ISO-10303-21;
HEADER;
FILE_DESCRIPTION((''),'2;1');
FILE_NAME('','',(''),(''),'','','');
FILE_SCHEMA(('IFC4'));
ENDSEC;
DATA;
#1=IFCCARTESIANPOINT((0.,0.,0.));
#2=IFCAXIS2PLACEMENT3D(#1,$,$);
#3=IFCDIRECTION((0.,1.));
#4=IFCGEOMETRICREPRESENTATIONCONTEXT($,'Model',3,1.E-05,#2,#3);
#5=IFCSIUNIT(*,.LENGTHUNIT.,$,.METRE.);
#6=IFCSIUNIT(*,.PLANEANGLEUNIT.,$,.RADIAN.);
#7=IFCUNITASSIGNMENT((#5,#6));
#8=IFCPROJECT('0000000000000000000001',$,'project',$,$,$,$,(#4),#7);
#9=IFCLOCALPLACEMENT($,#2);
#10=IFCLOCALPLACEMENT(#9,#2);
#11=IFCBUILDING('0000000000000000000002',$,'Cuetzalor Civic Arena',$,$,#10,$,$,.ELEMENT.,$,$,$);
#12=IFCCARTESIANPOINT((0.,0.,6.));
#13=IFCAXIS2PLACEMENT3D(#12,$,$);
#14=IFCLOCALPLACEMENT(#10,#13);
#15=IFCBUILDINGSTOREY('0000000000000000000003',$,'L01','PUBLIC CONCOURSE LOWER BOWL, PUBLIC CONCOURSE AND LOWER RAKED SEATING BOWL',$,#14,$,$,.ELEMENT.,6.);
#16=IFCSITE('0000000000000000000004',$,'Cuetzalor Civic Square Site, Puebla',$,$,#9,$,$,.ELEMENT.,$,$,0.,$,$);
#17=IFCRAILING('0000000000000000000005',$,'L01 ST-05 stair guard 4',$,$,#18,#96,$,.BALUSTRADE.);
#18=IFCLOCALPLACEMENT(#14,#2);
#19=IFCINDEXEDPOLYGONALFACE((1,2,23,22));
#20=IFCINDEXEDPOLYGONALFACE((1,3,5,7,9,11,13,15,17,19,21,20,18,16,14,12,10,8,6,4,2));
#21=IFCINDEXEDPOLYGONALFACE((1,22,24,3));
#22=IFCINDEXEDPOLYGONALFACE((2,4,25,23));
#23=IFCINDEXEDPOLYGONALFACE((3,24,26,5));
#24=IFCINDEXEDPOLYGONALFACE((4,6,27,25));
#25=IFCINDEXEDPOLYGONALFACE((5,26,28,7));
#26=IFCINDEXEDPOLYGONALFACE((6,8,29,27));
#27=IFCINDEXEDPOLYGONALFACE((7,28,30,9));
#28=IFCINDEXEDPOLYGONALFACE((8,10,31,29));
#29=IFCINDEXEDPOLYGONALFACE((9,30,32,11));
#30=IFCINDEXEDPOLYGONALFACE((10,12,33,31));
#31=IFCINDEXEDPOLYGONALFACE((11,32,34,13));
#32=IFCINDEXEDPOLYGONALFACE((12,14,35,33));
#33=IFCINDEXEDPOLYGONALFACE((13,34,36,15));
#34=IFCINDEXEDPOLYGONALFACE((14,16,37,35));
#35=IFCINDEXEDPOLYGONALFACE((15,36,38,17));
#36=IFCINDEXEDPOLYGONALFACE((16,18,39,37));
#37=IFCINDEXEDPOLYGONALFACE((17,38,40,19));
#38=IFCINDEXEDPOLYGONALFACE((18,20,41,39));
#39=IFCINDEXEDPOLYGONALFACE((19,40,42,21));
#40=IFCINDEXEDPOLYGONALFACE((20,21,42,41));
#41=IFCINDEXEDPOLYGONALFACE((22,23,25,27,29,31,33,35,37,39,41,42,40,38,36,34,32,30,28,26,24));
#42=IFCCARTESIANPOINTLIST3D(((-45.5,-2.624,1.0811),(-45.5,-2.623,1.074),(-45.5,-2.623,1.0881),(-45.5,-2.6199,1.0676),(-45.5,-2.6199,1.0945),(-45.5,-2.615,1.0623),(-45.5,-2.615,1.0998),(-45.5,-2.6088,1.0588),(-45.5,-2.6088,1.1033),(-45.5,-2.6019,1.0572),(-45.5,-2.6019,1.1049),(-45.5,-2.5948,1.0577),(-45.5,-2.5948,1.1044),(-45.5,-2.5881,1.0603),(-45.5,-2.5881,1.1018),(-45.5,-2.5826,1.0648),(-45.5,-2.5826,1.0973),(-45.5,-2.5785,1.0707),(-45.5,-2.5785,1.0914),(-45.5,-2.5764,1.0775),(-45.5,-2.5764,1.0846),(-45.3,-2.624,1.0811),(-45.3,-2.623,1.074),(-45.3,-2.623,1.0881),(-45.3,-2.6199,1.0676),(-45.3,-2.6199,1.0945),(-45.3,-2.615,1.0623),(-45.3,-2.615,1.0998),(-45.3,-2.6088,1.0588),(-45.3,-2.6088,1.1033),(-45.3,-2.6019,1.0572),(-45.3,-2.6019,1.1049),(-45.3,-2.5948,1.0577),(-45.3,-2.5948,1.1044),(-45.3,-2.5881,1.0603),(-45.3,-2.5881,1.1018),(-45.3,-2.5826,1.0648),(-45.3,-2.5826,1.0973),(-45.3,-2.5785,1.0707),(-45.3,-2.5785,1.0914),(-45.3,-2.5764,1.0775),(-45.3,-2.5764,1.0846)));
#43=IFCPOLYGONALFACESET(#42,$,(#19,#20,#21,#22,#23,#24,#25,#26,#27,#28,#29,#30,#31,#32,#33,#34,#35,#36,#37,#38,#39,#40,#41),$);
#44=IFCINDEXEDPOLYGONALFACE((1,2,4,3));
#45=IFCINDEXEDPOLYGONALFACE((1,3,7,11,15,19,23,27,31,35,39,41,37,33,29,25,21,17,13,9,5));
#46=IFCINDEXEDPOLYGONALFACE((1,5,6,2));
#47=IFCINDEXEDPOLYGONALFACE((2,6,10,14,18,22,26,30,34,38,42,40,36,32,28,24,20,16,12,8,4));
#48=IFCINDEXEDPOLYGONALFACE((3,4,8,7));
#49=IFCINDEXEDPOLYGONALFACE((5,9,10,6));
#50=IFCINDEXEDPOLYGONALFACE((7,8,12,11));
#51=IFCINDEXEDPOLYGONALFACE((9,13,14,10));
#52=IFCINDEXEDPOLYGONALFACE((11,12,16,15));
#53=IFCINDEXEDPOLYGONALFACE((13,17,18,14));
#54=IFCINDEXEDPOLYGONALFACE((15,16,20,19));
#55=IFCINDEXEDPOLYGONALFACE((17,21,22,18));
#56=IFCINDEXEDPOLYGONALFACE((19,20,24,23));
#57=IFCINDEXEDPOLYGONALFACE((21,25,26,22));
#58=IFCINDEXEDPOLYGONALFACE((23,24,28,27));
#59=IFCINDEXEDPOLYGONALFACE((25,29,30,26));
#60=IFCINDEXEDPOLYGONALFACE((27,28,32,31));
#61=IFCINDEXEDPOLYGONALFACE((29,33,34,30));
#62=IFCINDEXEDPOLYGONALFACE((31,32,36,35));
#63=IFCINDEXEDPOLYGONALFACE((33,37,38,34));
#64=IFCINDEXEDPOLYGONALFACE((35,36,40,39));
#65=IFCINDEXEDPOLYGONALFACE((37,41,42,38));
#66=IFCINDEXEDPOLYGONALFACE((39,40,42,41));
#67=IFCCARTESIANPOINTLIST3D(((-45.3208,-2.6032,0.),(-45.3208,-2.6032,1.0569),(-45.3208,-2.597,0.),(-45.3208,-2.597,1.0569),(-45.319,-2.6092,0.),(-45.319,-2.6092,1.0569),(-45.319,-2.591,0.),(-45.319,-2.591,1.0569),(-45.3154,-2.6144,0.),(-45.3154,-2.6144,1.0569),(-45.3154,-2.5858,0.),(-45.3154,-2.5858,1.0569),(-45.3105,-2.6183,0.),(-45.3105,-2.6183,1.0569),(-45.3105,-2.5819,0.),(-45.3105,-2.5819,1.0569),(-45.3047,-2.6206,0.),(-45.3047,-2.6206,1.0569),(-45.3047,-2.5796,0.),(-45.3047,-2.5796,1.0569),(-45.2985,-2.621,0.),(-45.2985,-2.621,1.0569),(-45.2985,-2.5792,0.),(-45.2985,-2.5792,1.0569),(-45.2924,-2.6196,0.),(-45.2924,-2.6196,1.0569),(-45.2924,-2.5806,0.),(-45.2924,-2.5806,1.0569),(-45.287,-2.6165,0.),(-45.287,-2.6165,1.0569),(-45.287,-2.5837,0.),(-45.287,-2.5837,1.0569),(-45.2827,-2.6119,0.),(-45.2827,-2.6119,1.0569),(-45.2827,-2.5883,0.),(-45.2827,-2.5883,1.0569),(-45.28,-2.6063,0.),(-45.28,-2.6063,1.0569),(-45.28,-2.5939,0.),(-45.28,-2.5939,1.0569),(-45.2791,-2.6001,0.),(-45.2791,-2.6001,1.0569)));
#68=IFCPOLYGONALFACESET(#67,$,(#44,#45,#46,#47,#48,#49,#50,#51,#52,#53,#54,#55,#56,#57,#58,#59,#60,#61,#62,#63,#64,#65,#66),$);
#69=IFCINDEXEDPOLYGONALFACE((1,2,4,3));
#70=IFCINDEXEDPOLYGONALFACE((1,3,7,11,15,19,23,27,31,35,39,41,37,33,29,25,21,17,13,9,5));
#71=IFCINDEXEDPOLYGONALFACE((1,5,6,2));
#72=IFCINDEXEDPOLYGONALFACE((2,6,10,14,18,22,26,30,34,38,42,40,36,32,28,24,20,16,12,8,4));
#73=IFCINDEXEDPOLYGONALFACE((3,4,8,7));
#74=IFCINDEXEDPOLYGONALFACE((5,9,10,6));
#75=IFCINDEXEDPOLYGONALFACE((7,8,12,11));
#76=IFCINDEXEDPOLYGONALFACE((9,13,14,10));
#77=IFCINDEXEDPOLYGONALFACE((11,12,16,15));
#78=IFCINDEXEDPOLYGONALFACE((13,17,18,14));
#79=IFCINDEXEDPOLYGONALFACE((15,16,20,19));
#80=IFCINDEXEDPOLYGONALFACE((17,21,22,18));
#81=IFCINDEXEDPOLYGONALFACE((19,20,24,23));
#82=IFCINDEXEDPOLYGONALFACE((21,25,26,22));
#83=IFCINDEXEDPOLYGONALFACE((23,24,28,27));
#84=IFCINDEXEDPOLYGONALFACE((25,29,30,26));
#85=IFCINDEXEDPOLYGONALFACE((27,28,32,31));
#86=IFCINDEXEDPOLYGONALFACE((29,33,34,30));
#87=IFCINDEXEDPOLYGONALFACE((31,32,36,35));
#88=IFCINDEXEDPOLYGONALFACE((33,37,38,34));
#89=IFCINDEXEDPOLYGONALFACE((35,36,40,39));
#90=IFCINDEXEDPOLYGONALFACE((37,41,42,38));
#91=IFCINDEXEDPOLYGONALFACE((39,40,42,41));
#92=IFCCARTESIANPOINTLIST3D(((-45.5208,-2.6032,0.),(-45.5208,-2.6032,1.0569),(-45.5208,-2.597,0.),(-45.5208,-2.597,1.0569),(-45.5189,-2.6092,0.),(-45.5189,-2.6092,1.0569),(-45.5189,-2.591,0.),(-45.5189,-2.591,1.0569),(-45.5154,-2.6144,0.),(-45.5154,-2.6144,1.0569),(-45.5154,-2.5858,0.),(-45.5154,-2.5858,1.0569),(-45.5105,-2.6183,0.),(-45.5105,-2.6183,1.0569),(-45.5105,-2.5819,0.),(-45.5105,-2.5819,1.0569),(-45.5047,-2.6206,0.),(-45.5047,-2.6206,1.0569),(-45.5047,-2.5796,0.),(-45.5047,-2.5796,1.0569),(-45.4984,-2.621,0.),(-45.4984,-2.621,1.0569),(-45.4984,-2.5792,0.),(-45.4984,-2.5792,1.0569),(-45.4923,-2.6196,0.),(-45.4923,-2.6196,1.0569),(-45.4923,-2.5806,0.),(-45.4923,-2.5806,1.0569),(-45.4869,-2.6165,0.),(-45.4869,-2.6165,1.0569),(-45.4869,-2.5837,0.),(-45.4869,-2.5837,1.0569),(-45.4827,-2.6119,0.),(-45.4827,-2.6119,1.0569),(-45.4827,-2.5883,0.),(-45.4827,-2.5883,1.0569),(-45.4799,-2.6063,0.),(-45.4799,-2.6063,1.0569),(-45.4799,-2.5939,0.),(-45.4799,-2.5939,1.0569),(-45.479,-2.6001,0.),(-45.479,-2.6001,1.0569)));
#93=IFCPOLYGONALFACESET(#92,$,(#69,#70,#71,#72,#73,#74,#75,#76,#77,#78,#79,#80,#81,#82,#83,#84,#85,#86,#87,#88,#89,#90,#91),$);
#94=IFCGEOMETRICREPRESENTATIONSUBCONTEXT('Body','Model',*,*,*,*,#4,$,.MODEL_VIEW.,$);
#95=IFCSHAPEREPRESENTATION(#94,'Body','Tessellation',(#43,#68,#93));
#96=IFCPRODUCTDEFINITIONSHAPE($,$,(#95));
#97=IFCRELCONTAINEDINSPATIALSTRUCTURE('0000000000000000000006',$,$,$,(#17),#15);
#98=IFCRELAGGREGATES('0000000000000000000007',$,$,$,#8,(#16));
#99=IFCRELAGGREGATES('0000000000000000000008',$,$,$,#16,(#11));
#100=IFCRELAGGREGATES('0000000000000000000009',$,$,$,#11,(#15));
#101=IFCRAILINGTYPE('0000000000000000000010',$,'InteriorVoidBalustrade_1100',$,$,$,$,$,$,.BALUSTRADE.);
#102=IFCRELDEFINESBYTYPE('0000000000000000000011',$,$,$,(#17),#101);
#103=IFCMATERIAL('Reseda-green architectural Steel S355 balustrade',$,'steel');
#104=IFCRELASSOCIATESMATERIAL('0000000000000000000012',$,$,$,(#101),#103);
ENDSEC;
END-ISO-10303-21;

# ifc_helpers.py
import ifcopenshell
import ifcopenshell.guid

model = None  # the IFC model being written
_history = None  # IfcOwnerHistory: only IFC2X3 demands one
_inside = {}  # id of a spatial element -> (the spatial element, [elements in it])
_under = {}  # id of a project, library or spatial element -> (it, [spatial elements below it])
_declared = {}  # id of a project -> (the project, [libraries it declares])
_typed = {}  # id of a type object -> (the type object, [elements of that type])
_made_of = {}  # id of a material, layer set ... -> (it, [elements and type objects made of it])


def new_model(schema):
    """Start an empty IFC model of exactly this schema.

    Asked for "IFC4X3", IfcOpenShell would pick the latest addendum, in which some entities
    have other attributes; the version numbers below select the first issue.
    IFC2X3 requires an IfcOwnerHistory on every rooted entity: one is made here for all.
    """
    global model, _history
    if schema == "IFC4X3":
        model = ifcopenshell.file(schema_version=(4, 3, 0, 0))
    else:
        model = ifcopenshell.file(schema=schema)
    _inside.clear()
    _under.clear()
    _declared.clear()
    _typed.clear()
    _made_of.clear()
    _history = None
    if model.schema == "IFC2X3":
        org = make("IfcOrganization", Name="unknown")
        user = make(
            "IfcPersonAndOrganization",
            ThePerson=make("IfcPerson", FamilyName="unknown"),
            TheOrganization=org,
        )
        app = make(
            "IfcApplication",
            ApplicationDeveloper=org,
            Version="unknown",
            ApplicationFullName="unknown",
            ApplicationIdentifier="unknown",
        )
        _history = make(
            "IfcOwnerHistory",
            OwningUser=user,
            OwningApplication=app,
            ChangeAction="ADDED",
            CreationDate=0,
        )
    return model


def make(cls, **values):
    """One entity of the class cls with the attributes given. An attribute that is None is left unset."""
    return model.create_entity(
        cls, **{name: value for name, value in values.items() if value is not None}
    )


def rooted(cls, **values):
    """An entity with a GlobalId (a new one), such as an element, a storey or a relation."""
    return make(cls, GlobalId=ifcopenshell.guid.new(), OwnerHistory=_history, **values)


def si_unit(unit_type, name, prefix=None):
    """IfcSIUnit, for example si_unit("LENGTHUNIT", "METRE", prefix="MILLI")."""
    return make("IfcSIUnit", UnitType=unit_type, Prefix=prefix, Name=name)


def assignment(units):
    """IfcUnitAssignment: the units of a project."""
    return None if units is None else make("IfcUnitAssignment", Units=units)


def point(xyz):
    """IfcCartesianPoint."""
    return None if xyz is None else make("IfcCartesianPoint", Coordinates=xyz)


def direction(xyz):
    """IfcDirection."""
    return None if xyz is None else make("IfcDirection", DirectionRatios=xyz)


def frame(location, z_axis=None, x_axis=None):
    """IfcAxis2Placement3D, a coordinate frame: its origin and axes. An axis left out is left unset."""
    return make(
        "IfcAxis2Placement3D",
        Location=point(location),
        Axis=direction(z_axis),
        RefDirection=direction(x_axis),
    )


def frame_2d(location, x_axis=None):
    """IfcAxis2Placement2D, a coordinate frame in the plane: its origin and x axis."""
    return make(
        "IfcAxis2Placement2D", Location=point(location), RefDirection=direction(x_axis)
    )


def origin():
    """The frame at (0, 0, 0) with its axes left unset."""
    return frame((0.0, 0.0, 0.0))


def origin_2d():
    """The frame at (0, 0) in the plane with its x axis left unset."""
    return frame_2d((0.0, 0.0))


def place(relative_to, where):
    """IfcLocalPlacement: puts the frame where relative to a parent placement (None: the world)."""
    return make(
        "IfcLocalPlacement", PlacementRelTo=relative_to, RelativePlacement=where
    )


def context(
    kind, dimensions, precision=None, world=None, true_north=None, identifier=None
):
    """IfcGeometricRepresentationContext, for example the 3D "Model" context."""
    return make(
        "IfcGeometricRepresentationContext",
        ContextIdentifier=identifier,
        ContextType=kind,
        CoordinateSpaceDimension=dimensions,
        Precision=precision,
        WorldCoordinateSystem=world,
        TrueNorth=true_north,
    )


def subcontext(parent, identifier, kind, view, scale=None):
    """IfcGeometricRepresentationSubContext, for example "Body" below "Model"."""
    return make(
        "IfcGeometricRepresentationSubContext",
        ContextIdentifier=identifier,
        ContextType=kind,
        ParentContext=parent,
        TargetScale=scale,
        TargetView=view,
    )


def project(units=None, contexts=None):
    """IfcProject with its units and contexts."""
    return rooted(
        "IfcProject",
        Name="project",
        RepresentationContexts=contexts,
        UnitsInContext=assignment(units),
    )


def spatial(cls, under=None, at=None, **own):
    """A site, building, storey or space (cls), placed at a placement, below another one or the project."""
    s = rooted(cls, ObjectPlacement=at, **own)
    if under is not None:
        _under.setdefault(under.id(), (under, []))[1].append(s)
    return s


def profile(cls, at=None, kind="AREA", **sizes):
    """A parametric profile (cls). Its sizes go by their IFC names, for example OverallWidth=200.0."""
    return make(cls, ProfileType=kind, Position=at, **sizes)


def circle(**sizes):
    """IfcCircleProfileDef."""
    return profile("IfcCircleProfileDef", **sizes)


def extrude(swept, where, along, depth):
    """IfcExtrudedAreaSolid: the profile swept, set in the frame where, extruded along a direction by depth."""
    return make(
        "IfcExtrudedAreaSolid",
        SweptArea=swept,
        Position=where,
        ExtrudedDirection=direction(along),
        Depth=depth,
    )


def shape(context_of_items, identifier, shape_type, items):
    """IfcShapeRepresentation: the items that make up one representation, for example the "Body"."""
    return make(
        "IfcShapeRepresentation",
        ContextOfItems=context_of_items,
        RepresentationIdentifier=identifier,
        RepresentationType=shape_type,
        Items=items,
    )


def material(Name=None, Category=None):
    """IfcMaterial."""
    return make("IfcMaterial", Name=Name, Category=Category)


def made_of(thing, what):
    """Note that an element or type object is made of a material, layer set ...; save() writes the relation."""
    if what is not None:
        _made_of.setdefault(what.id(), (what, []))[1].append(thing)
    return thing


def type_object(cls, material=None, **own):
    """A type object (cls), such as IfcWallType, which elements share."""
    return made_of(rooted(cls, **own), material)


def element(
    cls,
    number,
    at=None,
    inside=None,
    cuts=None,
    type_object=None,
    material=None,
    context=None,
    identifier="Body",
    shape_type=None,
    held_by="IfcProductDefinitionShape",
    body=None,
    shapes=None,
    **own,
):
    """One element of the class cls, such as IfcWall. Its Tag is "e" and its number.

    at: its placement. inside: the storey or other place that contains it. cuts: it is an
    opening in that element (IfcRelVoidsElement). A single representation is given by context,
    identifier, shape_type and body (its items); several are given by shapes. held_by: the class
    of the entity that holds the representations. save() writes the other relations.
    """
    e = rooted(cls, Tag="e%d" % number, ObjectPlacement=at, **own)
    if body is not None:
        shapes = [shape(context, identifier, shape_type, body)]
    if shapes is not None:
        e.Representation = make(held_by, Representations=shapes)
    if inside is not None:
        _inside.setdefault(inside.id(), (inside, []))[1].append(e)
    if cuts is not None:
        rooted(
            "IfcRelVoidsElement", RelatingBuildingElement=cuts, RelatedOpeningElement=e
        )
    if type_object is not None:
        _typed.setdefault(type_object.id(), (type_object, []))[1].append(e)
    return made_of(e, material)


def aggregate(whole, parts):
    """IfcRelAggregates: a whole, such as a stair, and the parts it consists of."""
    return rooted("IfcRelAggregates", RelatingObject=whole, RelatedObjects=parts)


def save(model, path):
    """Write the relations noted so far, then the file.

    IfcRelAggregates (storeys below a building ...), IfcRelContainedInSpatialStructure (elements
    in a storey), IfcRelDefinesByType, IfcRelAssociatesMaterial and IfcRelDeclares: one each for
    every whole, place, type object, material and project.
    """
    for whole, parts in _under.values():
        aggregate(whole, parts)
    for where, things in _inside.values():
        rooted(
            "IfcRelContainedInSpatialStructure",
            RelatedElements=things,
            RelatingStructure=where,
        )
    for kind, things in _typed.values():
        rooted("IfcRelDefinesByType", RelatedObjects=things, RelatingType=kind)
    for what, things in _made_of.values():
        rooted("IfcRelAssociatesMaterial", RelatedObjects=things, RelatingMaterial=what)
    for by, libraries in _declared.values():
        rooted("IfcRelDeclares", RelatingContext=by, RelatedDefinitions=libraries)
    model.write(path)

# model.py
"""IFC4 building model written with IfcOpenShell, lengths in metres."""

from ifc_helpers import new_model, si_unit, direction, frame, origin, origin_2d, place, context, subcontext, project, spatial, circle, extrude, material, type_object, element, save


model = new_model("IFC4")

# Units and contexts
model_context = context("Model", 3, precision=1e-05, world=origin(), true_north=direction((0.0, 1.0)))
body_context = subcontext(model_context, "Body", "Model", "MODEL_VIEW")
ifc_project = project(units=[si_unit("LENGTHUNIT", "METRE"), si_unit("PLANEANGLEUNIT", "RADIAN")], contexts=[model_context])

# Site, building, storey
site_placement = place(None, origin())
site = spatial("IfcSite", under=ifc_project, at=site_placement, Name="Cuetzalor Civic Square Site, Puebla", CompositionType="ELEMENT", RefElevation=0.0)
building_placement = place(site_placement, origin())
building = spatial("IfcBuilding", under=site, at=building_placement, Name="Cuetzalor Civic Arena", CompositionType="ELEMENT")
storey_placement = place(building_placement, frame((0.0, 0.0, 6.0)))
storey = spatial("IfcBuildingStorey", under=building, at=storey_placement, Name="L01", Description="PUBLIC CONCOURSE LOWER BOWL, PUBLIC CONCOURSE AND LOWER RAKED SEATING BOWL", CompositionType="ELEMENT", Elevation=6.0)

# Railing
ifc_material_1 = material(Name="Reseda-green architectural Steel S355 balustrade", Category="steel")
railing_type_1 = type_object("IfcRailingType", Name="InteriorVoidBalustrade_1100", PredefinedType="BALUSTRADE", material=ifc_material_1)
railing_1_placement = place(storey_placement, frame((-45.3, -2.6001, 0.0)))
element("IfcRailing", 1, at=railing_1_placement, inside=storey, type_object=railing_type_1, Name="L01 ST-05 stair guard 4", PredefinedType="BALUSTRADE", context=body_context, shape_type="SweptSolid", body=[
    extrude(circle(Radius=0.0239, at=origin_2d()), frame((0.0, 0.0, 1.0811), z_axis=(-1.0, 0.0, 0.0), x_axis=(0.0, -1.0, 0.0)), (0.0, 0.0, 1.0), 0.2),
    extrude(circle(Radius=0.021, at=origin_2d()), origin(), (0.0, 0.0, 1.0), 1.0569),
    extrude(circle(Radius=0.021, at=origin_2d()), frame((-0.2, 0.0, 0.0)), (0.0, 0.0, 1.0), 1.0569),
])

save(model, "model.ifc")
